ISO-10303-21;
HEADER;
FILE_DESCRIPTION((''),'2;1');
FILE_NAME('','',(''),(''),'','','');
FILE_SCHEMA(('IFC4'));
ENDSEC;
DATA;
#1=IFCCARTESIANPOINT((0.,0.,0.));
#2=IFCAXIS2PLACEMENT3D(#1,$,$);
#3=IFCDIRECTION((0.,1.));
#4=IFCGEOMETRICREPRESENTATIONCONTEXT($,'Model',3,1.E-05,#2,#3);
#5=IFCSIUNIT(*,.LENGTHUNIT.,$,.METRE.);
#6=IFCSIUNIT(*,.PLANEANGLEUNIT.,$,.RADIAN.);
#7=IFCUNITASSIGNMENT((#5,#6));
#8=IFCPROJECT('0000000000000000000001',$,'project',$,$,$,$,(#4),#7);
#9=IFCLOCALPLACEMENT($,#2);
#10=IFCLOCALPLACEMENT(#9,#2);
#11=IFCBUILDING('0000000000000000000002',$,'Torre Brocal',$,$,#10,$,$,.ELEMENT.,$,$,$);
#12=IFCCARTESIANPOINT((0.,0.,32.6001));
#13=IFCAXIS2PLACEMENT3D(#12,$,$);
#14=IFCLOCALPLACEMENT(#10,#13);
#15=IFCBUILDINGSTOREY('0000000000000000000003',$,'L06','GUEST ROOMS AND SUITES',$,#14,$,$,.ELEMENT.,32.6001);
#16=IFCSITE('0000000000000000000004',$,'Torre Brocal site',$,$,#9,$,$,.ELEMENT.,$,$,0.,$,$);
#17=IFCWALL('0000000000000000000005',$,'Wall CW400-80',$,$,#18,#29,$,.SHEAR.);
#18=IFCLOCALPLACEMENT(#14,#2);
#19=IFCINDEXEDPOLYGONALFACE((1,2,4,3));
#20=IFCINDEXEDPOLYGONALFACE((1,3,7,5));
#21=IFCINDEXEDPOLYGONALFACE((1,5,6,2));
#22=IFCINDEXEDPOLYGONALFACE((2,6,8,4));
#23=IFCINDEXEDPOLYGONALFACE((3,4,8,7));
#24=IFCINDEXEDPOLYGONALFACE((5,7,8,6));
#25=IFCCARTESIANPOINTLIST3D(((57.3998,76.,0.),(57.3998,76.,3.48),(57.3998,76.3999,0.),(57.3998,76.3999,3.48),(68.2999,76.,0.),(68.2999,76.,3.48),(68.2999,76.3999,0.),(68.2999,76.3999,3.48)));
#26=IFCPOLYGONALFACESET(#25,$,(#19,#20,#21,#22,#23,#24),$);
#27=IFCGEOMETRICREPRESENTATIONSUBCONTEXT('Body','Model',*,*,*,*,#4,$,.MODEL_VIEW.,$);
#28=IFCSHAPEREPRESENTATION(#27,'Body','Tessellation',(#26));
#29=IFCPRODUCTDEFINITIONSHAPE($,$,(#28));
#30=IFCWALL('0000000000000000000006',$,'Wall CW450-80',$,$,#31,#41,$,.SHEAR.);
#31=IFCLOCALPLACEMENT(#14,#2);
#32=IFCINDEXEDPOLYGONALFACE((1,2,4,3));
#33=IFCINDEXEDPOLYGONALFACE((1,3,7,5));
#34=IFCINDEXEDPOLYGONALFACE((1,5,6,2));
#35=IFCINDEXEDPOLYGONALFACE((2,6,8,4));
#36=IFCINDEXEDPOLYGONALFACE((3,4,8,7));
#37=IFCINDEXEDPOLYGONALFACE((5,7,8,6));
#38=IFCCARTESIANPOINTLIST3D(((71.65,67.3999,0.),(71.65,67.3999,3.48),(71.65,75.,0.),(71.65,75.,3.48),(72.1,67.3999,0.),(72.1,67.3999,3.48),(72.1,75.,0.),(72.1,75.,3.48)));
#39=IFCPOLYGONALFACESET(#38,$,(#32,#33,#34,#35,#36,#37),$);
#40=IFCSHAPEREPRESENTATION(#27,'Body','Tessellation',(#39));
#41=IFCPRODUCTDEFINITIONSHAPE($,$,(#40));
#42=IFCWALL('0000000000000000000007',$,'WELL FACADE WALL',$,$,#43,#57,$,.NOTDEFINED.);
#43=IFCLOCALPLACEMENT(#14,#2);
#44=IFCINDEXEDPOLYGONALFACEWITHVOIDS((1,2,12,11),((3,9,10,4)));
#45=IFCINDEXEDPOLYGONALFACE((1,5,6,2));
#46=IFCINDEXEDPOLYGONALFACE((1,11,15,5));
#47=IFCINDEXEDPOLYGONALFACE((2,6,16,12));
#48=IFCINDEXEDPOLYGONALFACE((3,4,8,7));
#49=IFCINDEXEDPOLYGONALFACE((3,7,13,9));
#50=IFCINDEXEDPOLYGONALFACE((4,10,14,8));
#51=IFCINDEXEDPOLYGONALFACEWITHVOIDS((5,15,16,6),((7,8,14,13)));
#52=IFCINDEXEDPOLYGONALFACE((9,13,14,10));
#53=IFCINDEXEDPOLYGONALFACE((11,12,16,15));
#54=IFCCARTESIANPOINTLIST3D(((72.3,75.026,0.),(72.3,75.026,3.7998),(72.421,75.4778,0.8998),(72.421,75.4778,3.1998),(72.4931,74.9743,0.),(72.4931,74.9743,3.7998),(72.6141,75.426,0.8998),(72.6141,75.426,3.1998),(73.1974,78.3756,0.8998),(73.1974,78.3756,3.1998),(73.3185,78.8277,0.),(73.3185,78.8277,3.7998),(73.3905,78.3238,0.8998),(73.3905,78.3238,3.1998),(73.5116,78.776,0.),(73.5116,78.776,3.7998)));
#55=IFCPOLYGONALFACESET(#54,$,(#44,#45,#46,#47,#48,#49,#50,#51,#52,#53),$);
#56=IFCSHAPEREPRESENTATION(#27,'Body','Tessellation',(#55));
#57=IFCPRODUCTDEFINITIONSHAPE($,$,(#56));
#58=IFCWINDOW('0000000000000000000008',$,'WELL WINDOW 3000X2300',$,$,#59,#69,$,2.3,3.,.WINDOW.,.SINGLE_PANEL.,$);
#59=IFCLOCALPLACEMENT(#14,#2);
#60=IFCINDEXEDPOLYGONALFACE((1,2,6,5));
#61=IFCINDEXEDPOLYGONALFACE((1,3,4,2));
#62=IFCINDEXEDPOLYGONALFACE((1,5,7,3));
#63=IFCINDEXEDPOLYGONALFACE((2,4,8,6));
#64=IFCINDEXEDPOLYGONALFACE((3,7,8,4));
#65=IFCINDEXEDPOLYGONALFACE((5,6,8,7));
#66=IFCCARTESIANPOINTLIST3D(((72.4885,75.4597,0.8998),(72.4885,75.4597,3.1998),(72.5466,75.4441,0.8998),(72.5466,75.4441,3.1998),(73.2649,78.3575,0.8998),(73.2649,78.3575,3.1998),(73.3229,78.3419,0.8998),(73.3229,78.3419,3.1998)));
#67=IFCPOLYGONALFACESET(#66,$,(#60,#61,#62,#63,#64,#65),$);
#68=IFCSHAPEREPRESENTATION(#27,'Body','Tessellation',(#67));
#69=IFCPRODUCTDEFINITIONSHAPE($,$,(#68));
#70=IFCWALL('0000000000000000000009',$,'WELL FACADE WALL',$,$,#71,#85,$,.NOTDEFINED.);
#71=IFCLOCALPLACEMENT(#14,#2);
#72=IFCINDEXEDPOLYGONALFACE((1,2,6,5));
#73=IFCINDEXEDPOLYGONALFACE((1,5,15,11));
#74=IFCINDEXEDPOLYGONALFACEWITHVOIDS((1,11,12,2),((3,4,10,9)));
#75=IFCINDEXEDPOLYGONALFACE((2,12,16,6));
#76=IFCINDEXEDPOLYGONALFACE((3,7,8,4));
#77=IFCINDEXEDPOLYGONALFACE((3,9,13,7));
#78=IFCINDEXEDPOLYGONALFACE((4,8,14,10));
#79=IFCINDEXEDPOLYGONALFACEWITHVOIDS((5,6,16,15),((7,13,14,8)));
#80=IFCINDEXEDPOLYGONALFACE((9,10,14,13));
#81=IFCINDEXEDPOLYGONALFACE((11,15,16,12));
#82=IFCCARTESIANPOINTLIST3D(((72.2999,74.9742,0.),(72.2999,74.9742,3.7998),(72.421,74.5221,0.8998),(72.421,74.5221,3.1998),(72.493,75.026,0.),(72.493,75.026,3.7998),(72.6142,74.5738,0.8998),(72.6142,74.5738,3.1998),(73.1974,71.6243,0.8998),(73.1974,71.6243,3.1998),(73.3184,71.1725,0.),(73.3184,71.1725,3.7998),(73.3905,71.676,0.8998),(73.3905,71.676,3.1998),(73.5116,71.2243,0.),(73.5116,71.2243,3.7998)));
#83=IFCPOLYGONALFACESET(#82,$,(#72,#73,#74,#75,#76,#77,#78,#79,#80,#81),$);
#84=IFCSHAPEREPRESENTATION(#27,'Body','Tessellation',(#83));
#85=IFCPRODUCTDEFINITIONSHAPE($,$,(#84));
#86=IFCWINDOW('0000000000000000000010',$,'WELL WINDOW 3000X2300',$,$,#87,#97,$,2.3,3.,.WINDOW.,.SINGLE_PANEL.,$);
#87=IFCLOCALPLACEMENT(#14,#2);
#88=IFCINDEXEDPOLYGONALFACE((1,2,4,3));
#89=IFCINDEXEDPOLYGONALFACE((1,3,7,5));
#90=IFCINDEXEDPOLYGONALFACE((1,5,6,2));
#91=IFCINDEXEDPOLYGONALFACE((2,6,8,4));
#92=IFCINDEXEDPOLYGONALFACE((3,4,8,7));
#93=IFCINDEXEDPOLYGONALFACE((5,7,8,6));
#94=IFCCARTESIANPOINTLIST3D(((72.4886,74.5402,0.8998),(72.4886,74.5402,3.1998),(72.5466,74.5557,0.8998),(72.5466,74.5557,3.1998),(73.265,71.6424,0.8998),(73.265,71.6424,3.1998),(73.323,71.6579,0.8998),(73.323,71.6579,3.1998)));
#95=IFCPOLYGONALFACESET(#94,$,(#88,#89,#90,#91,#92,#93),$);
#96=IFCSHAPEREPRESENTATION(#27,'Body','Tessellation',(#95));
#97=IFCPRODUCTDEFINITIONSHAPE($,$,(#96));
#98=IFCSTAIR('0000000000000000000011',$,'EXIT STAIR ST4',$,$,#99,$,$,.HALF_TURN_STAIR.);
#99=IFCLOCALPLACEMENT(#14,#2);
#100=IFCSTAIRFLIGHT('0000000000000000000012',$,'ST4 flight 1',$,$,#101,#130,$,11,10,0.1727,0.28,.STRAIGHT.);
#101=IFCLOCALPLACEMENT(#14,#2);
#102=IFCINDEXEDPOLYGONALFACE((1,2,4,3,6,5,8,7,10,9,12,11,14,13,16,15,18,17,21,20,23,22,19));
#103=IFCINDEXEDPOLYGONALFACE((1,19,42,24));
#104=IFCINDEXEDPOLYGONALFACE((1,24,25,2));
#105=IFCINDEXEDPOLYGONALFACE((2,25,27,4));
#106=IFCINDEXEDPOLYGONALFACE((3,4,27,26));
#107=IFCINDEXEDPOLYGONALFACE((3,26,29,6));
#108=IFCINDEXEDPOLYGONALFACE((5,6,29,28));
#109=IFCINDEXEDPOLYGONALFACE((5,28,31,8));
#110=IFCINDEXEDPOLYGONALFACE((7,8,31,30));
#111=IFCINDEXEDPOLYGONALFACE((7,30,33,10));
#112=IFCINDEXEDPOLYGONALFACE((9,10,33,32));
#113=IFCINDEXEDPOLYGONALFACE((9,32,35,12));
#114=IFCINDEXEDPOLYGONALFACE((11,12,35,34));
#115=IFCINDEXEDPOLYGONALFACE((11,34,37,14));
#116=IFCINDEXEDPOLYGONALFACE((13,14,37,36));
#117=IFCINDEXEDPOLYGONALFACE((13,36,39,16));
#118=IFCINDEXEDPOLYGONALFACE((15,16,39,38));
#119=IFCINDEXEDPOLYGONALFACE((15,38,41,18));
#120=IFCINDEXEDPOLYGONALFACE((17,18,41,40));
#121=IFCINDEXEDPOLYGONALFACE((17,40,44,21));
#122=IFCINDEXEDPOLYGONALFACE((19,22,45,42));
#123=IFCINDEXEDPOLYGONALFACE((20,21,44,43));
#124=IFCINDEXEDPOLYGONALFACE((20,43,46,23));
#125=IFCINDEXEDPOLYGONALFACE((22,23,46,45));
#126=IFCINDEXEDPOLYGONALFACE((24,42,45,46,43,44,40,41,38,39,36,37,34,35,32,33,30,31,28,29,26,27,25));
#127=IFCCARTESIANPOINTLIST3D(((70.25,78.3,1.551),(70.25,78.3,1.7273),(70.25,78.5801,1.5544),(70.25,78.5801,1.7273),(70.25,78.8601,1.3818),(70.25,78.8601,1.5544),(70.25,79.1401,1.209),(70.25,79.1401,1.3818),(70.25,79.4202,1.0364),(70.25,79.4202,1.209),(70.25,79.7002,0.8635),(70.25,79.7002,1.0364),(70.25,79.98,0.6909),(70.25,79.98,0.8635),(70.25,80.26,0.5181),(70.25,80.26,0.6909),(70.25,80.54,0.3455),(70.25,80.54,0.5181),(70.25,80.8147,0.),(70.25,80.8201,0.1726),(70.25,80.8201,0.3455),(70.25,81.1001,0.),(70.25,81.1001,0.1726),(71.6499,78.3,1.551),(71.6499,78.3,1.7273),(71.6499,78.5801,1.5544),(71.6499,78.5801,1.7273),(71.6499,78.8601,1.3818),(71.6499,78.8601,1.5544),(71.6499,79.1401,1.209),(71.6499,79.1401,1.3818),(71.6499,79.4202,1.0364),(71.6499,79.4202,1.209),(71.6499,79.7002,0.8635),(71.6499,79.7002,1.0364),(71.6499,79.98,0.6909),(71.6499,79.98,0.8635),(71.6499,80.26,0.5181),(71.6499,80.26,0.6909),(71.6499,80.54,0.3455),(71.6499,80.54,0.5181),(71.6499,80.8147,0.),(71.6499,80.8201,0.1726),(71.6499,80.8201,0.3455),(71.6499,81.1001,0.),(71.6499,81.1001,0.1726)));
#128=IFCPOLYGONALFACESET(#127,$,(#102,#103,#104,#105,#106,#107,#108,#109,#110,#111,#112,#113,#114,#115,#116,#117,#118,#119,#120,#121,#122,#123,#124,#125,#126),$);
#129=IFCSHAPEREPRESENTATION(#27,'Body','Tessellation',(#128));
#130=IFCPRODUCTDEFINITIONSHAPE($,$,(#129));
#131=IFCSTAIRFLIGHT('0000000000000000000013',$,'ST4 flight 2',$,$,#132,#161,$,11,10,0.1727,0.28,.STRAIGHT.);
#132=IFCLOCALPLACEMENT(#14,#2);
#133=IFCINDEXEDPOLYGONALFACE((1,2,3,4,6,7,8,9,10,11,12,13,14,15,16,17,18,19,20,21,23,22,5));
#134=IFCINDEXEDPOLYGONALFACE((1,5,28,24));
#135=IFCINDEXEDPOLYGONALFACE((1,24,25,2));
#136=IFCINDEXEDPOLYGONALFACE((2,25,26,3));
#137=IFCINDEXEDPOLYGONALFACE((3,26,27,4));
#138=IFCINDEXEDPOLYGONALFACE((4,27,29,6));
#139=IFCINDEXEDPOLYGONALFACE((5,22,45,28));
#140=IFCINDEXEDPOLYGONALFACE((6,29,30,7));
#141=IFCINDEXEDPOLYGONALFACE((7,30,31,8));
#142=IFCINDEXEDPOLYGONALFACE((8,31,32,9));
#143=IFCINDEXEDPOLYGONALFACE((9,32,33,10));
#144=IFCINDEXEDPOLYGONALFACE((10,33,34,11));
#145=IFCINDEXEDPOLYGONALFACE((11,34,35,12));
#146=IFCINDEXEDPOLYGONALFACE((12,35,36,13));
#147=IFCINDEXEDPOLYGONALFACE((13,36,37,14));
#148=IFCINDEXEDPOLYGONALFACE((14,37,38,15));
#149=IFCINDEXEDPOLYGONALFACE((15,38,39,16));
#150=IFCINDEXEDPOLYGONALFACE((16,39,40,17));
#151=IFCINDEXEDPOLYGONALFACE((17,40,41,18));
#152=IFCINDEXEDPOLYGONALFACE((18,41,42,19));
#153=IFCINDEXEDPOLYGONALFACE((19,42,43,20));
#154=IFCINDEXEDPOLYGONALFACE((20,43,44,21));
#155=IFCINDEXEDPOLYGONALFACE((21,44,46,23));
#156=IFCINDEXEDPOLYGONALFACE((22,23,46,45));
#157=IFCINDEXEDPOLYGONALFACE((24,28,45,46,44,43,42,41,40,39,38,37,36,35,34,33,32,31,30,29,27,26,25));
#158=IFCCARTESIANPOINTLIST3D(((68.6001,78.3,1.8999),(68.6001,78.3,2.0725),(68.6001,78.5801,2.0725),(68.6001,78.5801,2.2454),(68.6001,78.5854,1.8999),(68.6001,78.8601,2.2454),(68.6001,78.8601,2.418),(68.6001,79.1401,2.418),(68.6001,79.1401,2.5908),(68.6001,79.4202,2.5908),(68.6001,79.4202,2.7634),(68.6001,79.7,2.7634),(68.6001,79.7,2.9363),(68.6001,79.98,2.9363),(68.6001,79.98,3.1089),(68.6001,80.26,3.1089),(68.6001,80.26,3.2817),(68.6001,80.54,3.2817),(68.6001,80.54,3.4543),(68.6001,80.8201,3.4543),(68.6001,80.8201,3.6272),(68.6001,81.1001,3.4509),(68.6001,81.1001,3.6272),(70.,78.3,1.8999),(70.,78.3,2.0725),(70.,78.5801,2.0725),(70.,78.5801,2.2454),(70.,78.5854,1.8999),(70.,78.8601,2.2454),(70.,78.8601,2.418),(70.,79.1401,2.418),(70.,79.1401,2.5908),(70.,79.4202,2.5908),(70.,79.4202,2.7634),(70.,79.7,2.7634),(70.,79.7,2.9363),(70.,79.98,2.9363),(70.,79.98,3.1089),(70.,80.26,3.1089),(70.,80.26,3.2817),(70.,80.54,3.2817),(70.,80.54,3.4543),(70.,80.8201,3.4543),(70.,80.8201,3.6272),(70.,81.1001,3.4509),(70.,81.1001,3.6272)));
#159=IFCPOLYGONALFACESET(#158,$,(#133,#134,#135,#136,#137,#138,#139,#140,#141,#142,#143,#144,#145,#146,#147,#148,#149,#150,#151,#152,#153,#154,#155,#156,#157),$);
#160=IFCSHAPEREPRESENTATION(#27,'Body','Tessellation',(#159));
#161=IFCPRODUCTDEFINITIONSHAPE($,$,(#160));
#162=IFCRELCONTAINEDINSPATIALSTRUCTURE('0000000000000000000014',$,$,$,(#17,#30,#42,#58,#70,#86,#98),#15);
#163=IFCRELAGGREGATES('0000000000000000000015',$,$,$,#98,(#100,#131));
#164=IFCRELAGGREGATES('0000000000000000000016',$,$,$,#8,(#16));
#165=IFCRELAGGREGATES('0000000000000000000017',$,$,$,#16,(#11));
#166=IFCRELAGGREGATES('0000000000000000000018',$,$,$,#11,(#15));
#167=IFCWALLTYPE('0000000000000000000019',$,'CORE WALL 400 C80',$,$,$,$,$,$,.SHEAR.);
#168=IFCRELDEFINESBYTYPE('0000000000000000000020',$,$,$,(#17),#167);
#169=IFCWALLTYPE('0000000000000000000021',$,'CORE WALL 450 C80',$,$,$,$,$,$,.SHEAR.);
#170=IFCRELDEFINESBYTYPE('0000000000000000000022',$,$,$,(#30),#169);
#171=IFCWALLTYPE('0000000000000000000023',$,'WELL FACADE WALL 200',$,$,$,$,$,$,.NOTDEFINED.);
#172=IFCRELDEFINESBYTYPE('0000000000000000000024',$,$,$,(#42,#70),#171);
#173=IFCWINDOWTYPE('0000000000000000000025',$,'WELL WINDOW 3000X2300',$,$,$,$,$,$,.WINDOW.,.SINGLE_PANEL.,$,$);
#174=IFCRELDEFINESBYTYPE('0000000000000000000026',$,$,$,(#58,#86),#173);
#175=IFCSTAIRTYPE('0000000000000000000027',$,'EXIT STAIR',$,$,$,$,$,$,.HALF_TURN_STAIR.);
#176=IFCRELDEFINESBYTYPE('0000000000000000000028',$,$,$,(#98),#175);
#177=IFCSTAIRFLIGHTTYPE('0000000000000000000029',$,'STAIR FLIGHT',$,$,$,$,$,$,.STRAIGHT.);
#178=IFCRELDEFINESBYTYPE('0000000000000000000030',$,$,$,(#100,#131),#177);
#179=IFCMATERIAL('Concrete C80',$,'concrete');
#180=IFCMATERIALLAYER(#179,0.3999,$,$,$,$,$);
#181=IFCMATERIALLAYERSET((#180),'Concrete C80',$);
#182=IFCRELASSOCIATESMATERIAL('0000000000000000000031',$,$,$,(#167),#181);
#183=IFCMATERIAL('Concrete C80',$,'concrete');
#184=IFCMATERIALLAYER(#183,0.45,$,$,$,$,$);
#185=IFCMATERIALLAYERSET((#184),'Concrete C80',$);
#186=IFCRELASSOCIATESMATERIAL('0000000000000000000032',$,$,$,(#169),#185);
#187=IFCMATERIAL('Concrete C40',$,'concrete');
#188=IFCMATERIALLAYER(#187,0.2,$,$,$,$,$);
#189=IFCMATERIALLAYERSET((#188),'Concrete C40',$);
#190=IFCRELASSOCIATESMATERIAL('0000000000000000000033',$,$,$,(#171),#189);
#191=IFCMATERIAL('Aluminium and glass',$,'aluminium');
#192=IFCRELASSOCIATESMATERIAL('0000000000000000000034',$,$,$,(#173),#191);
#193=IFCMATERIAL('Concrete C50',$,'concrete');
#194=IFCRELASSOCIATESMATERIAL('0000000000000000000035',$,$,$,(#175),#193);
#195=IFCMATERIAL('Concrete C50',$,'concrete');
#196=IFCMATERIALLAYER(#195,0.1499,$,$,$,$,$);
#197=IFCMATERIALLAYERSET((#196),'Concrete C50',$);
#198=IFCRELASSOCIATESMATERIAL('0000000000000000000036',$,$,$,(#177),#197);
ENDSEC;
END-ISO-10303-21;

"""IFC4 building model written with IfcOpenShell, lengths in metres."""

from ifc_helpers import new_model, si_unit, direction, frame, frame_2d, origin, place, context, subcontext, project, spatial, polyline, rectangle, outline, extrude, material, layer, layer_set, type_object, element, fill, aggregate, save


model = new_model("IFC4")

# Units and contexts
model_context = context("Model", 3, precision=1e-05, world=origin(), true_north=direction((0.0, 1.0)))
body_context = subcontext(model_context, "Body", "Model", "MODEL_VIEW")
ifc_project = project(units=[si_unit("LENGTHUNIT", "METRE"), si_unit("PLANEANGLEUNIT", "RADIAN")], contexts=[model_context])

# Site, building, storey
site_placement = place(None, origin())
site = spatial("IfcSite", under=ifc_project, at=site_placement, Name="Torre Brocal site", CompositionType="ELEMENT", RefElevation=0.0)
building_placement = place(site_placement, origin())
building = spatial("IfcBuilding", under=site, at=building_placement, Name="Torre Brocal", CompositionType="ELEMENT")
storey_placement = place(building_placement, frame((0.0, 0.0, 32.6001)))
storey = spatial("IfcBuildingStorey", under=building, at=storey_placement, Name="L06", Description="GUEST ROOMS AND SUITES", CompositionType="ELEMENT", Elevation=32.6001)

# Walls
ifc_material_1 = material(Name="Concrete C80", Category="concrete")
ifc_layer_1 = layer(ifc_material_1, 0.3999)
ifc_layer_set_1 = layer_set([ifc_layer_1], Name="Concrete C80")
wall_type_1 = type_object("IfcWallType", Name="CORE WALL 400 C80", PredefinedType="SHEAR", material=ifc_layer_set_1)
wall_1_placement = place(storey_placement, frame((68.3, 76.2, 0.0), z_axis=(0.0, 0.0, 1.0), x_axis=(-1.0, 0.0, 0.0)))
element("IfcWall", 1, at=wall_1_placement, inside=storey, type_object=wall_type_1, Name="Wall CW400-80", PredefinedType="SHEAR", context=body_context, shape_type="SweptSolid", body=[
    extrude(rectangle(XDim=10.9001, YDim=0.3999, at=frame_2d((5.4502, 0.0))), origin(), (0.0, 0.0, 1.0), 3.48),
])
ifc_material_2 = material(Name="Concrete C80", Category="concrete")
ifc_layer_2 = layer(ifc_material_2, 0.45)
ifc_layer_set_2 = layer_set([ifc_layer_2], Name="Concrete C80")
wall_type_2 = type_object("IfcWallType", Name="CORE WALL 450 C80", PredefinedType="SHEAR", material=ifc_layer_set_2)
wall_2_placement = place(storey_placement, frame((71.875, 75.0, 0.0), z_axis=(0.0, 0.0, 1.0), x_axis=(0.0, -1.0, 0.0)))
element("IfcWall", 2, at=wall_2_placement, inside=storey, type_object=wall_type_2, Name="Wall CW450-80", PredefinedType="SHEAR", context=body_context, shape_type="SweptSolid", body=[
    extrude(rectangle(XDim=7.6001, YDim=0.45, at=frame_2d((3.8, 0.0))), origin(), (0.0, 0.0, 1.0), 3.48),
])

# Walls, openings, windows
ifc_material_3 = material(Name="Concrete C40", Category="concrete")
ifc_layer_3 = layer(ifc_material_3, 0.2)
ifc_layer_set_3 = layer_set([ifc_layer_3], Name="Concrete C40")
wall_type_3 = type_object("IfcWallType", Name="WELL FACADE WALL 200", PredefinedType="NOTDEFINED", material=ifc_layer_set_3)
wall_3_placement = place(storey_placement, frame((73.415, 78.8018, 0.0), z_axis=(0.0, 0.0, 1.0), x_axis=(-0.25879, -0.965934, 0.0)))
wall_3 = element("IfcWall", 3, at=wall_3_placement, inside=storey, type_object=wall_type_3, Name="WELL FACADE WALL", PredefinedType="NOTDEFINED", context=body_context, shape_type="SweptSolid", body=[
    extrude(rectangle(XDim=3.9358, YDim=0.2, at=frame_2d((1.9678, 0.0))), origin(), (0.0, 0.0, 1.0), 3.7998),
])
opening_1_placement = place(wall_3_placement, frame((0.468, 0.0, 0.8999)))
opening_1 = element("IfcOpeningElement", 4, at=opening_1_placement, cuts=wall_3, PredefinedType="OPENING", context=body_context, shape_type="SweptSolid", body=[
    extrude(rectangle(XDim=3.0, YDim=2.3, at=frame_2d((1.5, 1.1499))), frame((0.0, 0.1099, 0.0), z_axis=(0.0, -1.0, 0.0), x_axis=(1.0, 0.0, 0.0)), (0.0, 0.0, 1.0), 0.22),
])
ifc_material_4 = material(Name="Aluminium and glass", Category="aluminium")
window_type = type_object("IfcWindowType", Name="WELL WINDOW 3000X2300", PartitioningType="SINGLE_PANEL", PredefinedType="WINDOW", material=ifc_material_4)
window_1_placement = place(opening_1_placement, origin())
window_1 = element("IfcWindow", 5, at=window_1_placement, inside=storey, type_object=window_type, Name="WELL WINDOW 3000X2300", OverallHeight=2.3, OverallWidth=3.0, PartitioningType="SINGLE_PANEL", PredefinedType="WINDOW", context=body_context, shape_type="SweptSolid", body=[
    extrude(rectangle(XDim=3.0, YDim=2.3, at=frame_2d((1.5, 1.1499))), frame((0.0, 0.03, 0.0), z_axis=(0.0, -1.0, 0.0), x_axis=(1.0, 0.0, 0.0)), (0.0, 0.0, 1.0), 0.0601),
])
fill(opening_1, window_1)
wall_4_placement = place(storey_placement, frame((72.3965, 75.0, 0.0), z_axis=(0.0, 0.0, 1.0), x_axis=(0.25879, -0.965934, 0.0)))
wall_4 = element("IfcWall", 6, at=wall_4_placement, inside=storey, type_object=wall_type_3, Name="WELL FACADE WALL", PredefinedType="NOTDEFINED", context=body_context, shape_type="SweptSolid", body=[
    extrude(rectangle(XDim=3.9358, YDim=0.2, at=frame_2d((1.9678, 0.0))), origin(), (0.0, 0.0, 1.0), 3.7998),
])
opening_2_placement = place(wall_4_placement, frame((0.468, 0.0, 0.8999)))
opening_2 = element("IfcOpeningElement", 7, at=opening_2_placement, cuts=wall_4, PredefinedType="OPENING", context=body_context, shape_type="SweptSolid", body=[
    extrude(rectangle(XDim=3.0, YDim=2.3, at=frame_2d((1.5, 1.1499))), frame((0.0, 0.1099, 0.0), z_axis=(0.0, -1.0, 0.0), x_axis=(1.0, 0.0, 0.0)), (0.0, 0.0, 1.0), 0.22),
])
window_2_placement = place(opening_2_placement, origin())
window_2 = element("IfcWindow", 8, at=window_2_placement, inside=storey, type_object=window_type, Name="WELL WINDOW 3000X2300", OverallHeight=2.3, OverallWidth=3.0, PartitioningType="SINGLE_PANEL", PredefinedType="WINDOW", context=body_context, shape_type="SweptSolid", body=[
    extrude(rectangle(XDim=3.0, YDim=2.3, at=frame_2d((1.5, 1.1499))), frame((0.0, 0.03, 0.0), z_axis=(0.0, -1.0, 0.0), x_axis=(1.0, 0.0, 0.0)), (0.0, 0.0, 1.0), 0.0601),
])
fill(opening_2, window_2)

# Stair, stair flights
ifc_material_5 = material(Name="Concrete C50", Category="concrete")
stair_type = type_object("IfcStairType", Name="EXIT STAIR", PredefinedType="HALF_TURN_STAIR", material=ifc_material_5)
stair_placement = place(storey_placement, origin())
stair = element("IfcStair", 9, at=stair_placement, inside=storey, type_object=stair_type, Name="EXIT STAIR ST4", PredefinedType="HALF_TURN_STAIR")
ifc_material_6 = material(Name="Concrete C50", Category="concrete")
ifc_layer_4 = layer(ifc_material_6, 0.1499)
ifc_layer_set_4 = layer_set([ifc_layer_4], Name="Concrete C50")
stair_flight_type = type_object("IfcStairFlightType", Name="STAIR FLIGHT", PredefinedType="STRAIGHT", material=ifc_layer_set_4)
stair_flight_1_placement = place(storey_placement, frame((70.95, 81.1001, 0.0), z_axis=(0.0, 0.0, 1.0), x_axis=(0.0, -1.0, 0.0)))
stair_flight_1 = element("IfcStairFlight", 10, at=stair_flight_1_placement, type_object=stair_flight_type, Name="ST4 flight 1", NumberOfRisers=11, NumberOfTreads=10, PredefinedType="STRAIGHT", RiserHeight=0.1727, TreadLength=0.28, context=body_context, shape_type="SweptSolid", body=[
    extrude(outline(polyline([(0.0, 0.0), (0.0, 0.1726), (0.28, 0.1726), (0.28, 0.3455), (0.5601, 0.3455), (0.5601, 0.5181), (0.8401, 0.5181), (0.8401, 0.6909), (1.1201, 0.6909), (1.1201, 0.8635), (1.3999, 0.8635), (1.3999, 1.0364), (1.6799, 1.0364), (1.6799, 1.209), (1.96, 1.209), (1.96, 1.3818), (2.24, 1.3818), (2.24, 1.5544), (2.52, 1.5544), (2.52, 1.7273), (2.8, 1.7273), (2.8, 1.8999), (2.8, 1.551), (0.2854, 0.0), (0.0, 0.0)])), frame((0.0, 0.7, 0.0), z_axis=(0.0, -1.0, 0.0), x_axis=(1.0, 0.0, 0.0)), (0.0, 0.0, 1.0), 1.3999),
])
stair_flight_2_placement = place(storey_placement, frame((69.3, 78.3, 1.8999), z_axis=(0.0, 0.0, 1.0), x_axis=(0.0, 1.0, 0.0)))
stair_flight_2 = element("IfcStairFlight", 11, at=stair_flight_2_placement, type_object=stair_flight_type, Name="ST4 flight 2", NumberOfRisers=11, NumberOfTreads=10, PredefinedType="STRAIGHT", RiserHeight=0.1727, TreadLength=0.28, context=body_context, shape_type="SweptSolid", body=[
    extrude(outline(polyline([(0.0, 0.0), (0.0, 0.1726), (0.28, 0.1726), (0.28, 0.3455), (0.5601, 0.3455), (0.5601, 0.5181), (0.8401, 0.5181), (0.8401, 0.6909), (1.1201, 0.6909), (1.1201, 0.8635), (1.3999, 0.8635), (1.3999, 1.0364), (1.6799, 1.0364), (1.6799, 1.209), (1.96, 1.209), (1.96, 1.3818), (2.24, 1.3818), (2.24, 1.5544), (2.52, 1.5544), (2.52, 1.7273), (2.8, 1.7273), (2.8, 1.8999), (2.8, 1.551), (0.2854, 0.0), (0.0, 0.0)])), frame((0.0, 0.7, 0.0), z_axis=(0.0, -1.0, 0.0), x_axis=(1.0, 0.0, 0.0)), (0.0, 0.0, 1.0), 1.3999),
])
aggregate(stair, [stair_flight_1, stair_flight_2])

save(model, "model.ifc")
